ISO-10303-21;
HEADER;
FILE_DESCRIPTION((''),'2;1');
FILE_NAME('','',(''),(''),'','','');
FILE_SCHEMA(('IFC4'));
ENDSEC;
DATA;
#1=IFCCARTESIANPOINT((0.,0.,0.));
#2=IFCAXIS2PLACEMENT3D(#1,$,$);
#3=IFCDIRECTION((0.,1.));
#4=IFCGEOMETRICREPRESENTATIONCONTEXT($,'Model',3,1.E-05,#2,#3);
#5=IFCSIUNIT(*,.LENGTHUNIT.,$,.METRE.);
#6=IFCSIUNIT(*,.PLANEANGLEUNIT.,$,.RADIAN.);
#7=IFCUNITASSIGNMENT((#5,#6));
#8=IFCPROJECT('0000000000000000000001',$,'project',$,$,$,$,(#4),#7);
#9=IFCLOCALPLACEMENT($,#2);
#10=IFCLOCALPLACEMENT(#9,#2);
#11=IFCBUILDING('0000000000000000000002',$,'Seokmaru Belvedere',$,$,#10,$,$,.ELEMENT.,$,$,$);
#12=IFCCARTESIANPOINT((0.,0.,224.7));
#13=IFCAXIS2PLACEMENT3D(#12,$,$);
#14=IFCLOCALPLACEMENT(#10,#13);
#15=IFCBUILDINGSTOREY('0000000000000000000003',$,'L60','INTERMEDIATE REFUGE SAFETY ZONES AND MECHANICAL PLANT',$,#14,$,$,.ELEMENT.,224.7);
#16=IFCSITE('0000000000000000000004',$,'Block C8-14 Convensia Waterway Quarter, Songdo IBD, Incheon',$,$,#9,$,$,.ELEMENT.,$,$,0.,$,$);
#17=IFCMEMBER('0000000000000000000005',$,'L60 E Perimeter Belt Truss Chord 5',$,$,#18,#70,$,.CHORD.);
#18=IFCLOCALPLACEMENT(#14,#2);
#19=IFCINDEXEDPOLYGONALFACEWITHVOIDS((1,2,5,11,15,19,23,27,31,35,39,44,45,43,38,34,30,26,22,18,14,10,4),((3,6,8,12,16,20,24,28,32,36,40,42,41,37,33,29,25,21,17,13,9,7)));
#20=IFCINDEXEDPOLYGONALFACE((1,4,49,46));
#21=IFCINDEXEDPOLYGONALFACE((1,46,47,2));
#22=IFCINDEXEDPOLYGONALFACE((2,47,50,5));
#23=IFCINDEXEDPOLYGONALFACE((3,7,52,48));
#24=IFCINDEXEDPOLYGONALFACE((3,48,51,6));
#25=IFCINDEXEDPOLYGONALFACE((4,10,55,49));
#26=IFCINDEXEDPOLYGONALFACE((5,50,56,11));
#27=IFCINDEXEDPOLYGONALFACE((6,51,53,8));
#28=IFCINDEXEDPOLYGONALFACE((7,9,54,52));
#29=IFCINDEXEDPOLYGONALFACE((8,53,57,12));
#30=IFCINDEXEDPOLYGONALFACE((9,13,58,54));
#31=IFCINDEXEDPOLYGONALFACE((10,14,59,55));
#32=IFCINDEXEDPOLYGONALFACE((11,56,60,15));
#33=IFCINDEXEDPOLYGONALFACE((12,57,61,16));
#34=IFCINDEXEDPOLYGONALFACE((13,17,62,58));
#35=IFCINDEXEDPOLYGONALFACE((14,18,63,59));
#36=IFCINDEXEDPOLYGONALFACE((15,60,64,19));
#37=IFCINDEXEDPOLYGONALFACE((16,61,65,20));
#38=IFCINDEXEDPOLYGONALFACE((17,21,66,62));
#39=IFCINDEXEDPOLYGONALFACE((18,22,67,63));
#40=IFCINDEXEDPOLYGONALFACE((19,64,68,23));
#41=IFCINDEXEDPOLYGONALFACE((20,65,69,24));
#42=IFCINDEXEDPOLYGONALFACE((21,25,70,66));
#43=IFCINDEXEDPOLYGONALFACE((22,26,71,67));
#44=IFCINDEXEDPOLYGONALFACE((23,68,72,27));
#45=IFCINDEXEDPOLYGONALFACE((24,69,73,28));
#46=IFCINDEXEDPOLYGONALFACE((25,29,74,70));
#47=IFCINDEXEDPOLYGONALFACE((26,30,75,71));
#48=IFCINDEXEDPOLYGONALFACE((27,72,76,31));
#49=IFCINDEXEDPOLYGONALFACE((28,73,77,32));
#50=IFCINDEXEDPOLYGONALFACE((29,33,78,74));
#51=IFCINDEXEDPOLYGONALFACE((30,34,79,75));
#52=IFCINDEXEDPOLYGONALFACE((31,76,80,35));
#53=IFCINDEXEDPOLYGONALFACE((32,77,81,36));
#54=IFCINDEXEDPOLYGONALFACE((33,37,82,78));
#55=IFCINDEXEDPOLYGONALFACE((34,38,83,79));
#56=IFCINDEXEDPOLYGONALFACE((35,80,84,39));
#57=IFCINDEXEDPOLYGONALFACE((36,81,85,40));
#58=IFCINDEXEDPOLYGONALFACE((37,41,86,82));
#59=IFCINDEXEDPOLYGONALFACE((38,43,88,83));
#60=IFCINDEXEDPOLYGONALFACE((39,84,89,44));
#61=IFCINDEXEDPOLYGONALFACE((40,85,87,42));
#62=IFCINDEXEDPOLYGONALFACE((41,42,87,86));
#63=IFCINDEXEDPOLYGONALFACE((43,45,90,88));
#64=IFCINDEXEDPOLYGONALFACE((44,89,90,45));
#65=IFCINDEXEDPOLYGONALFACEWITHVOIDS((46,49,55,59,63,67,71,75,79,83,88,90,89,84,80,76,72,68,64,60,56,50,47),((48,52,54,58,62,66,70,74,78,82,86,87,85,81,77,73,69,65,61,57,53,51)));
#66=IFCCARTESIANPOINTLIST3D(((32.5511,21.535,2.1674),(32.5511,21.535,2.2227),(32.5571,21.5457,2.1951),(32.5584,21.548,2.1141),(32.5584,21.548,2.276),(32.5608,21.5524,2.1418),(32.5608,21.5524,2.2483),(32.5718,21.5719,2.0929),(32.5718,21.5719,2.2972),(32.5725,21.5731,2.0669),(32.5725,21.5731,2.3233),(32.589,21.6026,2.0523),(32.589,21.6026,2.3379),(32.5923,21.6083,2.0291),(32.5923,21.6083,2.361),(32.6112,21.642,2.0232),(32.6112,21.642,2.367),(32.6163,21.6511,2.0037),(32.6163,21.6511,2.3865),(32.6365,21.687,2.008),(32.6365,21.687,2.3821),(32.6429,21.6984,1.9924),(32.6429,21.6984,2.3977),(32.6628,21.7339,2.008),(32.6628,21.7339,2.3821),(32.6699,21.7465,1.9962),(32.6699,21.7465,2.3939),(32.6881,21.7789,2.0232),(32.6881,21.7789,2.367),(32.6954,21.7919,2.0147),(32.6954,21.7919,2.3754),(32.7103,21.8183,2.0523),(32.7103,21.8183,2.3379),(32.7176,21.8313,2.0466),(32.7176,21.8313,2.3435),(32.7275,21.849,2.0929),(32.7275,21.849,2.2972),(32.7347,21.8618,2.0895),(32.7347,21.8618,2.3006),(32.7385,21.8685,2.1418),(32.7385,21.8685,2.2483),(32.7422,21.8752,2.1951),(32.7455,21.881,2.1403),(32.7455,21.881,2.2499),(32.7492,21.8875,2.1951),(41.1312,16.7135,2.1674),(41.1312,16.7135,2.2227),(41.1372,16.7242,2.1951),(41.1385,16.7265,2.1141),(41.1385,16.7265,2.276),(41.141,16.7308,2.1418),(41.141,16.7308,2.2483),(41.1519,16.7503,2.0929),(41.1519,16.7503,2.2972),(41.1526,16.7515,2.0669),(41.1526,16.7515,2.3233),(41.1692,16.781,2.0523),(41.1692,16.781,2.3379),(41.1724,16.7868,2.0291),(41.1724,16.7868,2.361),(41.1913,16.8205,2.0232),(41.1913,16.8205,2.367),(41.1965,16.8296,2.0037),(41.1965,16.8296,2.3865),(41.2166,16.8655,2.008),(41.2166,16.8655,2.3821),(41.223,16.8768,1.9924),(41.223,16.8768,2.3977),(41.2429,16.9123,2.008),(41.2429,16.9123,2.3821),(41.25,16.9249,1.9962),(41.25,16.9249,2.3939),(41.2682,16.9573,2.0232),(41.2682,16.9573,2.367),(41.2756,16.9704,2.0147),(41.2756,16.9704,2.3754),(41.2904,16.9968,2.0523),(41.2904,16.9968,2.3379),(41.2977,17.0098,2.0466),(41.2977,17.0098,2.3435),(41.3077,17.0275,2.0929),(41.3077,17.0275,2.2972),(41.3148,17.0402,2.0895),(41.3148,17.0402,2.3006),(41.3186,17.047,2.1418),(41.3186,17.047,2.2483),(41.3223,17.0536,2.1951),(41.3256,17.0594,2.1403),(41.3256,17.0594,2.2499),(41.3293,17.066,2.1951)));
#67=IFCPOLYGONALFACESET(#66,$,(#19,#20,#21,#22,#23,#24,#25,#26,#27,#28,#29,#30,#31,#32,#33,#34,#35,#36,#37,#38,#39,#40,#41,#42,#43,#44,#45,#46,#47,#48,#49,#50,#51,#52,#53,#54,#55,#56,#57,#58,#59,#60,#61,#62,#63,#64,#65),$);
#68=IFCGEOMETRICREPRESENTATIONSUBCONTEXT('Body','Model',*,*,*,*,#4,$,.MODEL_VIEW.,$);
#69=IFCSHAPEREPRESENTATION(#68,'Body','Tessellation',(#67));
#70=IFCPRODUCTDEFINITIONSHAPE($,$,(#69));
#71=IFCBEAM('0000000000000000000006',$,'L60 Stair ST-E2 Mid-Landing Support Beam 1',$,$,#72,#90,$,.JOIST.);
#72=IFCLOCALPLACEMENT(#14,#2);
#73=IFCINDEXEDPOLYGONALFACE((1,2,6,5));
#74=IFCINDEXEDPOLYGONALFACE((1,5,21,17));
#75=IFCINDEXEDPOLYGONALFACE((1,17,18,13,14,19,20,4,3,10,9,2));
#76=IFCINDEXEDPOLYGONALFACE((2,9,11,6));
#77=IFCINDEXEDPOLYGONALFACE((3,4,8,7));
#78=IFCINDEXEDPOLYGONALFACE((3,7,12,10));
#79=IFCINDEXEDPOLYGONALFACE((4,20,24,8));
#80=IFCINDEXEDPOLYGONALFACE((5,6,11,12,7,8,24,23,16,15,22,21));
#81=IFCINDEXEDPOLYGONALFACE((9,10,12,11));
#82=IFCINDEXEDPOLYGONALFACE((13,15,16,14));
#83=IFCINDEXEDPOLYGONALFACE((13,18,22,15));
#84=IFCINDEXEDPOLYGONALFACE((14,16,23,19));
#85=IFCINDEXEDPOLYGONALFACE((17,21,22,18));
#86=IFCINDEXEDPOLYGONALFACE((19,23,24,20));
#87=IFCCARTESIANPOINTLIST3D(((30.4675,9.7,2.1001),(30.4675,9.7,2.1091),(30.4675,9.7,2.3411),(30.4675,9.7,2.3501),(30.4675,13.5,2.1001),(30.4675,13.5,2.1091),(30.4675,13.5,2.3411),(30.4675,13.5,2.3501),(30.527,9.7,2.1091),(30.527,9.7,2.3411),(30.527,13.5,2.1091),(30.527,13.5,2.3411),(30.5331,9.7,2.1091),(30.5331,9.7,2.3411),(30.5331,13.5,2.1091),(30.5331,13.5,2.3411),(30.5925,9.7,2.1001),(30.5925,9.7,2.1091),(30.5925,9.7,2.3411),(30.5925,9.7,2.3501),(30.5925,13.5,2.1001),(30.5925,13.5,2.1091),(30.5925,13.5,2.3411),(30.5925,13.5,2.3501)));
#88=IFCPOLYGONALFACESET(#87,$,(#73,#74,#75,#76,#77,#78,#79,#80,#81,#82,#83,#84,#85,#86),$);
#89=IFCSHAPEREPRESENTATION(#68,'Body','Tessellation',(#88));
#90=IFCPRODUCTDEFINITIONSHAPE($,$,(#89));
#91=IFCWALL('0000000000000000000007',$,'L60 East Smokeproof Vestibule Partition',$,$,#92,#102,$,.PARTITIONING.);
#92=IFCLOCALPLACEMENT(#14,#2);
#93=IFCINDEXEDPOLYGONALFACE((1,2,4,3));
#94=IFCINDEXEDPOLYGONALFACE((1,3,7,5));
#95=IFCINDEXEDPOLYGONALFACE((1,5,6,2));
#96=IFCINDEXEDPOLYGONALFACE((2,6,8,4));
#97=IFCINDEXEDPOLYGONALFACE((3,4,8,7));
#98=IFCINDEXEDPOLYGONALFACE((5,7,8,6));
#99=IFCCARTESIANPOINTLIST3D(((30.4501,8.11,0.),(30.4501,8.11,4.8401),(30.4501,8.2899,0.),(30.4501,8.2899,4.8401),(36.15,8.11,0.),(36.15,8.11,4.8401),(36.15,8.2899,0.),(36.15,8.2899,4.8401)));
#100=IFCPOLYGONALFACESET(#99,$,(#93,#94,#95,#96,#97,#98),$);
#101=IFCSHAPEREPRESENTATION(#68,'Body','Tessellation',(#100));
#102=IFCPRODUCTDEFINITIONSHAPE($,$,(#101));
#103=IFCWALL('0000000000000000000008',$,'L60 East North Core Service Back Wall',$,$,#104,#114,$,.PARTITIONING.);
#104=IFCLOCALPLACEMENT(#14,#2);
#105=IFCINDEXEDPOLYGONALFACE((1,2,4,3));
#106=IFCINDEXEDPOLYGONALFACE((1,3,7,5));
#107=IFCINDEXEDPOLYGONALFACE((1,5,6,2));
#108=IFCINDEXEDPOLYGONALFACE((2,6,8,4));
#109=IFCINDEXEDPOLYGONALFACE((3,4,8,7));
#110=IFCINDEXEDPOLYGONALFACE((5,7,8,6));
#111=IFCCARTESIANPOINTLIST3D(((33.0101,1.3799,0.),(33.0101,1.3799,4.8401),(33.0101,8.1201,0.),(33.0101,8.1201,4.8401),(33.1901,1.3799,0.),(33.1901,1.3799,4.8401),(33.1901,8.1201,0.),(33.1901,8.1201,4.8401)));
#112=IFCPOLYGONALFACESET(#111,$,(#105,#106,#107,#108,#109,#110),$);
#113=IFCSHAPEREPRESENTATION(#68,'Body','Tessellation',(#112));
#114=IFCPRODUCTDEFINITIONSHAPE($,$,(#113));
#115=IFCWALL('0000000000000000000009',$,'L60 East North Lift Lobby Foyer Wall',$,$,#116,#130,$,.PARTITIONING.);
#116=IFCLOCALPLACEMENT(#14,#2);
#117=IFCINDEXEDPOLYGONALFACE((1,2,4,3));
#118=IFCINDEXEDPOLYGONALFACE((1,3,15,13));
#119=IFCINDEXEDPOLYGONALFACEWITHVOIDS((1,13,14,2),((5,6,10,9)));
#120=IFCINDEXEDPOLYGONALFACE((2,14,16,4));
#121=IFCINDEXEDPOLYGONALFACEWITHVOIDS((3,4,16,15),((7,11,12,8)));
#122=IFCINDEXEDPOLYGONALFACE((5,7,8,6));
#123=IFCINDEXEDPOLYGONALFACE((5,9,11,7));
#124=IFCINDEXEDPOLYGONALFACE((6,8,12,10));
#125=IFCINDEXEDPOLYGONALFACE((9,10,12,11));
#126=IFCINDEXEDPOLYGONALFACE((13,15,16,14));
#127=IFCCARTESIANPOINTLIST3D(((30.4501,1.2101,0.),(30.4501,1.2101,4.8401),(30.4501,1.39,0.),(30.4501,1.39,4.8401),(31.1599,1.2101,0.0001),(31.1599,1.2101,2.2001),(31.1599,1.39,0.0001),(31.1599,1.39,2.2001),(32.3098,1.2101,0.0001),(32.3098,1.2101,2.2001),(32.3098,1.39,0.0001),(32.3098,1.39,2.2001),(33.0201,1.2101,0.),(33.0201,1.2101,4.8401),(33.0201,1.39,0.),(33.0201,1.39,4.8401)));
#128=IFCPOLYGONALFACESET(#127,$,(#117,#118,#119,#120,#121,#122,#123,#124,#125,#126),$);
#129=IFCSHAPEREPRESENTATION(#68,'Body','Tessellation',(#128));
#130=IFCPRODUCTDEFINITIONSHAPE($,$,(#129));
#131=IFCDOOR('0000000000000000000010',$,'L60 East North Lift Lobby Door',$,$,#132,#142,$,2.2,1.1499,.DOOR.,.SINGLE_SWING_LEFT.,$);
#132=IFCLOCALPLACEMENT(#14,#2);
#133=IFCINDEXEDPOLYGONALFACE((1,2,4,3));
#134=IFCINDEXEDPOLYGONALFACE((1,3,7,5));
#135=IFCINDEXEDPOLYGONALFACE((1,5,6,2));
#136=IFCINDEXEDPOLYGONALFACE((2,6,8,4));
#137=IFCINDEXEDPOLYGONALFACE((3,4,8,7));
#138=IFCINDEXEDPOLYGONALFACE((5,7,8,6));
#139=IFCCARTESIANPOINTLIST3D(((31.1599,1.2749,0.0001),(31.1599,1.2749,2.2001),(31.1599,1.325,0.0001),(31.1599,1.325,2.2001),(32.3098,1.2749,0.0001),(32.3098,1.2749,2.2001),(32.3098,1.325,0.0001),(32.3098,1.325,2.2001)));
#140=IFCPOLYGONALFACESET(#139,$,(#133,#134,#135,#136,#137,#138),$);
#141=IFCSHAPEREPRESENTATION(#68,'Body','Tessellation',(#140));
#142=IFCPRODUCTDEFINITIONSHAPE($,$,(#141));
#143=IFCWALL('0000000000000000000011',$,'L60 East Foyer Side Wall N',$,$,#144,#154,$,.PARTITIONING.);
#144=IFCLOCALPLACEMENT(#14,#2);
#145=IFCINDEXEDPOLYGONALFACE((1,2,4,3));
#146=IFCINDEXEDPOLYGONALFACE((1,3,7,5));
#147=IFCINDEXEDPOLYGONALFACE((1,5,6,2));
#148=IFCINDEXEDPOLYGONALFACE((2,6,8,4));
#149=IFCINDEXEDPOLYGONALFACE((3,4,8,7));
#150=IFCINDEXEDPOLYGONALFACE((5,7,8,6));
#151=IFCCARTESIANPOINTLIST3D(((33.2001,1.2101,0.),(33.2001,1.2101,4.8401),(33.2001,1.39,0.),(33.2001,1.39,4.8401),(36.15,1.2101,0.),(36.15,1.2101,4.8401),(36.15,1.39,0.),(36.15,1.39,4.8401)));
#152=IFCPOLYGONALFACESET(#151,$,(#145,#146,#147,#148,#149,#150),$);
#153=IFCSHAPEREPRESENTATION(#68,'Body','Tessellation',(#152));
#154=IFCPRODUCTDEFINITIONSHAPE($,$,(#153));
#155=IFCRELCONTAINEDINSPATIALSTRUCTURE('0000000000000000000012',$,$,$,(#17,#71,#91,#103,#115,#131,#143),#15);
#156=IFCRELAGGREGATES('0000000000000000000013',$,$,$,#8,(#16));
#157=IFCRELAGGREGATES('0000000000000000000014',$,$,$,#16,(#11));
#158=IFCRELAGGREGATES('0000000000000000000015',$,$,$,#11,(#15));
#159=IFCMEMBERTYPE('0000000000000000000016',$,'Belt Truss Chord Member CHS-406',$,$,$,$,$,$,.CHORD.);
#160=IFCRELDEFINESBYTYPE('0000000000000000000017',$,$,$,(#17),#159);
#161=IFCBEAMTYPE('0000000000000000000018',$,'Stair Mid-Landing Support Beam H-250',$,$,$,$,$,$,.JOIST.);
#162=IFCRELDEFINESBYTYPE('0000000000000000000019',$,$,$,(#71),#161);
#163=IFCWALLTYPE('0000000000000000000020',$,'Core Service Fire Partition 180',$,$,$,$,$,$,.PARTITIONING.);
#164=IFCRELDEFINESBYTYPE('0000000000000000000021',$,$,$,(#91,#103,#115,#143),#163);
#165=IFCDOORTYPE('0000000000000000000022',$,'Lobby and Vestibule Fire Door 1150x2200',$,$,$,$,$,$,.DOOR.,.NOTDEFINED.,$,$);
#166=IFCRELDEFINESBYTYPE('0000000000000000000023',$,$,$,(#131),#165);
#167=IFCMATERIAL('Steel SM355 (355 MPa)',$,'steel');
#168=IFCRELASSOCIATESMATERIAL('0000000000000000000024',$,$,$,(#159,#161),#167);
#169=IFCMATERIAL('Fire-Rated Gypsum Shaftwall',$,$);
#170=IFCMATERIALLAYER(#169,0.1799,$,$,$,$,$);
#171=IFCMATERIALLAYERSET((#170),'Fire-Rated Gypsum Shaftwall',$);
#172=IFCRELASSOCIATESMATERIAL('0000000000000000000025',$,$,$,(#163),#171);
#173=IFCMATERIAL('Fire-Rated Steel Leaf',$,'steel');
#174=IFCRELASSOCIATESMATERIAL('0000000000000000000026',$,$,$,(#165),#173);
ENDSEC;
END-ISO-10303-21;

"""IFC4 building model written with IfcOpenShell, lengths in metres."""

from ifc_helpers import new_model, si_unit, direction, frame, frame_2d, origin, origin_2d, place, context, subcontext, project, spatial, rectangle, hollow_circle, i_section, extrude, source, transform, mapped, material, layer, layer_set, material_profile, profile_set, type_object, type_shapes, element, fill, save


model = new_model("IFC4")

# Units and contexts
model_context = context("Model", 3, precision=1e-05, world=origin(), true_north=direction((0.0, 1.0)))
body_context = subcontext(model_context, "Body", "Model", "MODEL_VIEW")
ifc_project = project(units=[si_unit("LENGTHUNIT", "METRE"), si_unit("PLANEANGLEUNIT", "RADIAN")], contexts=[model_context])

# Site, building, storey
site_placement = place(None, origin())
site = spatial("IfcSite", under=ifc_project, at=site_placement, Name="Block C8-14 Convensia Waterway Quarter, Songdo IBD, Incheon", CompositionType="ELEMENT", RefElevation=0.0)
building_placement = place(site_placement, origin())
building = spatial("IfcBuilding", under=site, at=building_placement, Name="Seokmaru Belvedere", CompositionType="ELEMENT")
storey_placement = place(building_placement, frame((0.0, 0.0, 224.7)))
storey = spatial("IfcBuildingStorey", under=building, at=storey_placement, Name="L60", Description="INTERMEDIATE REFUGE SAFETY ZONES AND MECHANICAL PLANT", CompositionType="ELEMENT", Elevation=224.7)

# Shared definitions
ifc_material_1 = material(Name="Steel SM355 (355 MPa)", Category="steel")

# Member
ifc_material_profile_1 = material_profile(ifc_material_1, hollow_circle(Radius=0.2031, WallThickness=0.0142, at=origin_2d()), Name="CHS-406.4x14.2")
ifc_profile_set_1 = profile_set([ifc_material_profile_1], Name="Steel SM355 (355 MPa)")
member_type_1 = type_object("IfcMemberType", Name="Belt Truss Chord Member CHS-406", PredefinedType="CHORD", material=ifc_profile_set_1)
shared_shape_1 = source(origin(), body_context, "Body", "SweptSolid", [
    extrude(hollow_circle(Radius=0.2031, WallThickness=0.0142, at=origin_2d()), origin(), (0.0, 0.0, 1.0), 9.842),
])
type_shapes(member_type_1, [shared_shape_1])
member_1_placement = place(storey_placement, frame((32.6497, 21.7104, 2.1951), z_axis=(0.871782, -0.489894, 0.0), x_axis=(0.489894, 0.871782, 0.0)))
element("IfcMember", 1, at=member_1_placement, inside=storey, type_object=member_type_1, Name="L60 E Perimeter Belt Truss Chord 5", PredefinedType="CHORD", context=body_context, shape_type="MappedRepresentation", body=[
    mapped(shared_shape_1, transform((0.0, 0.0, 0.0), scale=1.0)),
])

# Beam
ifc_material_profile_2 = material_profile(ifc_material_1, i_section(OverallWidth=0.125, OverallDepth=0.25, WebThickness=0.0061, FlangeThickness=0.009, at=origin_2d()), Name="H-250x125x6x9")
ifc_profile_set_2 = profile_set([ifc_material_profile_2], Name="Steel SM355 (355 MPa)")
beam_type_1 = type_object("IfcBeamType", Name="Stair Mid-Landing Support Beam H-250", PredefinedType="JOIST", material=ifc_profile_set_2)
shared_shape_2 = source(origin(), body_context, "Body", "SweptSolid", [
    extrude(i_section(OverallWidth=0.125, OverallDepth=0.25, WebThickness=0.0061, FlangeThickness=0.009, at=origin_2d()), origin(), (0.0, 0.0, 1.0), 3.8),
])
type_shapes(beam_type_1, [shared_shape_2])
beam_1_placement = place(storey_placement, frame((30.53, 9.7, 2.2251), z_axis=(0.0, 1.0, 0.0), x_axis=(-1.0, 0.0, 0.0)))
element("IfcBeam", 2, at=beam_1_placement, inside=storey, type_object=beam_type_1, Name="L60 Stair ST-E2 Mid-Landing Support Beam 1", PredefinedType="JOIST", context=body_context, shape_type="MappedRepresentation", body=[
    mapped(shared_shape_2, transform((0.0, 0.0, 0.0), scale=1.0)),
])

# Walls
ifc_material_2 = material(Name="Fire-Rated Gypsum Shaftwall")
ifc_layer_1 = layer(ifc_material_2, 0.1799)
ifc_layer_set_1 = layer_set([ifc_layer_1], Name="Fire-Rated Gypsum Shaftwall")
wall_type_1 = type_object("IfcWallType", Name="Core Service Fire Partition 180", PredefinedType="PARTITIONING", material=ifc_layer_set_1)
wall_1_placement = place(storey_placement, frame((30.45, 8.2, 0.0), z_axis=(0.0, 0.0, 1.0), x_axis=(1.0, 0.0, 0.0)))
element("IfcWall", 3, at=wall_1_placement, inside=storey, type_object=wall_type_1, Name="L60 East Smokeproof Vestibule Partition", PredefinedType="PARTITIONING", context=body_context, shape_type="SweptSolid", body=[
    extrude(rectangle(XDim=5.7, YDim=0.1799, at=frame_2d((2.8501, 0.0))), origin(), (0.0, 0.0, 1.0), 4.8401),
])
wall_2_placement = place(storey_placement, frame((33.1001, 1.3799, 0.0), z_axis=(0.0, 0.0, 1.0), x_axis=(0.0, 1.0, 0.0)))
element("IfcWall", 4, at=wall_2_placement, inside=storey, type_object=wall_type_1, Name="L60 East North Core Service Back Wall", PredefinedType="PARTITIONING", context=body_context, shape_type="SweptSolid", body=[
    extrude(rectangle(XDim=6.7402, YDim=0.1799, at=frame_2d((3.3701, 0.0))), origin(), (0.0, 0.0, 1.0), 4.8401),
])

# Wall, opening, door
wall_3_placement = place(storey_placement, frame((30.45, 1.3, 0.0), z_axis=(0.0, 0.0, 1.0), x_axis=(1.0, 0.0, 0.0)))
wall_3 = element("IfcWall", 5, at=wall_3_placement, inside=storey, type_object=wall_type_1, Name="L60 East North Lift Lobby Foyer Wall", PredefinedType="PARTITIONING", context=body_context, shape_type="SweptSolid", body=[
    extrude(rectangle(XDim=2.5701, YDim=0.1799, at=frame_2d((1.2852, 0.0))), origin(), (0.0, 0.0, 1.0), 4.8401),
])
opening_1_placement = place(wall_3_placement, frame((0.71, 0.0, 0.0)))
opening_1 = element("IfcOpeningElement", 6, at=opening_1_placement, cuts=wall_3, PredefinedType="OPENING", context=body_context, shape_type="SweptSolid", body=[
    extrude(rectangle(XDim=1.1499, YDim=2.2, at=frame_2d((0.575, 1.1001))), frame((0.0, 0.1001, 0.0), z_axis=(0.0, -1.0, 0.0), x_axis=(1.0, 0.0, 0.0)), (0.0, 0.0, 1.0), 0.2),
])
ifc_material_3 = material(Name="Fire-Rated Steel Leaf", Category="steel")
door_type_1 = type_object("IfcDoorType", Name="Lobby and Vestibule Fire Door 1150x2200", OperationType="NOTDEFINED", PredefinedType="DOOR", material=ifc_material_3)
shared_shape_3 = source(origin(), body_context, "Body", "SweptSolid", [
    extrude(rectangle(XDim=1.1499, YDim=2.2, at=frame_2d((0.575, 1.1001))), frame((0.0, 0.0249, 0.0), z_axis=(0.0, -1.0, 0.0), x_axis=(1.0, 0.0, 0.0)), (0.0, 0.0, 1.0), 0.05),
])
type_shapes(door_type_1, [shared_shape_3])
door_1_placement = place(opening_1_placement, origin())
door_1 = element("IfcDoor", 7, at=door_1_placement, inside=storey, type_object=door_type_1, Name="L60 East North Lift Lobby Door", OperationType="SINGLE_SWING_LEFT", OverallHeight=2.2, OverallWidth=1.1499, PredefinedType="DOOR", context=body_context, shape_type="MappedRepresentation", body=[
    mapped(shared_shape_3, transform((0.0, 0.0, 0.0), scale=1.0)),
])
fill(opening_1, door_1)

# Wall
wall_4_placement = place(storey_placement, frame((33.2, 1.3, 0.0), z_axis=(0.0, 0.0, 1.0), x_axis=(1.0, 0.0, 0.0)))
element("IfcWall", 8, at=wall_4_placement, inside=storey, type_object=wall_type_1, Name="L60 East Foyer Side Wall N", PredefinedType="PARTITIONING", context=body_context, shape_type="SweptSolid", body=[
    extrude(rectangle(XDim=2.95, YDim=0.1799, at=frame_2d((1.4751, 0.0))), origin(), (0.0, 0.0, 1.0), 4.8401),
])

save(model, "model.ifc")
